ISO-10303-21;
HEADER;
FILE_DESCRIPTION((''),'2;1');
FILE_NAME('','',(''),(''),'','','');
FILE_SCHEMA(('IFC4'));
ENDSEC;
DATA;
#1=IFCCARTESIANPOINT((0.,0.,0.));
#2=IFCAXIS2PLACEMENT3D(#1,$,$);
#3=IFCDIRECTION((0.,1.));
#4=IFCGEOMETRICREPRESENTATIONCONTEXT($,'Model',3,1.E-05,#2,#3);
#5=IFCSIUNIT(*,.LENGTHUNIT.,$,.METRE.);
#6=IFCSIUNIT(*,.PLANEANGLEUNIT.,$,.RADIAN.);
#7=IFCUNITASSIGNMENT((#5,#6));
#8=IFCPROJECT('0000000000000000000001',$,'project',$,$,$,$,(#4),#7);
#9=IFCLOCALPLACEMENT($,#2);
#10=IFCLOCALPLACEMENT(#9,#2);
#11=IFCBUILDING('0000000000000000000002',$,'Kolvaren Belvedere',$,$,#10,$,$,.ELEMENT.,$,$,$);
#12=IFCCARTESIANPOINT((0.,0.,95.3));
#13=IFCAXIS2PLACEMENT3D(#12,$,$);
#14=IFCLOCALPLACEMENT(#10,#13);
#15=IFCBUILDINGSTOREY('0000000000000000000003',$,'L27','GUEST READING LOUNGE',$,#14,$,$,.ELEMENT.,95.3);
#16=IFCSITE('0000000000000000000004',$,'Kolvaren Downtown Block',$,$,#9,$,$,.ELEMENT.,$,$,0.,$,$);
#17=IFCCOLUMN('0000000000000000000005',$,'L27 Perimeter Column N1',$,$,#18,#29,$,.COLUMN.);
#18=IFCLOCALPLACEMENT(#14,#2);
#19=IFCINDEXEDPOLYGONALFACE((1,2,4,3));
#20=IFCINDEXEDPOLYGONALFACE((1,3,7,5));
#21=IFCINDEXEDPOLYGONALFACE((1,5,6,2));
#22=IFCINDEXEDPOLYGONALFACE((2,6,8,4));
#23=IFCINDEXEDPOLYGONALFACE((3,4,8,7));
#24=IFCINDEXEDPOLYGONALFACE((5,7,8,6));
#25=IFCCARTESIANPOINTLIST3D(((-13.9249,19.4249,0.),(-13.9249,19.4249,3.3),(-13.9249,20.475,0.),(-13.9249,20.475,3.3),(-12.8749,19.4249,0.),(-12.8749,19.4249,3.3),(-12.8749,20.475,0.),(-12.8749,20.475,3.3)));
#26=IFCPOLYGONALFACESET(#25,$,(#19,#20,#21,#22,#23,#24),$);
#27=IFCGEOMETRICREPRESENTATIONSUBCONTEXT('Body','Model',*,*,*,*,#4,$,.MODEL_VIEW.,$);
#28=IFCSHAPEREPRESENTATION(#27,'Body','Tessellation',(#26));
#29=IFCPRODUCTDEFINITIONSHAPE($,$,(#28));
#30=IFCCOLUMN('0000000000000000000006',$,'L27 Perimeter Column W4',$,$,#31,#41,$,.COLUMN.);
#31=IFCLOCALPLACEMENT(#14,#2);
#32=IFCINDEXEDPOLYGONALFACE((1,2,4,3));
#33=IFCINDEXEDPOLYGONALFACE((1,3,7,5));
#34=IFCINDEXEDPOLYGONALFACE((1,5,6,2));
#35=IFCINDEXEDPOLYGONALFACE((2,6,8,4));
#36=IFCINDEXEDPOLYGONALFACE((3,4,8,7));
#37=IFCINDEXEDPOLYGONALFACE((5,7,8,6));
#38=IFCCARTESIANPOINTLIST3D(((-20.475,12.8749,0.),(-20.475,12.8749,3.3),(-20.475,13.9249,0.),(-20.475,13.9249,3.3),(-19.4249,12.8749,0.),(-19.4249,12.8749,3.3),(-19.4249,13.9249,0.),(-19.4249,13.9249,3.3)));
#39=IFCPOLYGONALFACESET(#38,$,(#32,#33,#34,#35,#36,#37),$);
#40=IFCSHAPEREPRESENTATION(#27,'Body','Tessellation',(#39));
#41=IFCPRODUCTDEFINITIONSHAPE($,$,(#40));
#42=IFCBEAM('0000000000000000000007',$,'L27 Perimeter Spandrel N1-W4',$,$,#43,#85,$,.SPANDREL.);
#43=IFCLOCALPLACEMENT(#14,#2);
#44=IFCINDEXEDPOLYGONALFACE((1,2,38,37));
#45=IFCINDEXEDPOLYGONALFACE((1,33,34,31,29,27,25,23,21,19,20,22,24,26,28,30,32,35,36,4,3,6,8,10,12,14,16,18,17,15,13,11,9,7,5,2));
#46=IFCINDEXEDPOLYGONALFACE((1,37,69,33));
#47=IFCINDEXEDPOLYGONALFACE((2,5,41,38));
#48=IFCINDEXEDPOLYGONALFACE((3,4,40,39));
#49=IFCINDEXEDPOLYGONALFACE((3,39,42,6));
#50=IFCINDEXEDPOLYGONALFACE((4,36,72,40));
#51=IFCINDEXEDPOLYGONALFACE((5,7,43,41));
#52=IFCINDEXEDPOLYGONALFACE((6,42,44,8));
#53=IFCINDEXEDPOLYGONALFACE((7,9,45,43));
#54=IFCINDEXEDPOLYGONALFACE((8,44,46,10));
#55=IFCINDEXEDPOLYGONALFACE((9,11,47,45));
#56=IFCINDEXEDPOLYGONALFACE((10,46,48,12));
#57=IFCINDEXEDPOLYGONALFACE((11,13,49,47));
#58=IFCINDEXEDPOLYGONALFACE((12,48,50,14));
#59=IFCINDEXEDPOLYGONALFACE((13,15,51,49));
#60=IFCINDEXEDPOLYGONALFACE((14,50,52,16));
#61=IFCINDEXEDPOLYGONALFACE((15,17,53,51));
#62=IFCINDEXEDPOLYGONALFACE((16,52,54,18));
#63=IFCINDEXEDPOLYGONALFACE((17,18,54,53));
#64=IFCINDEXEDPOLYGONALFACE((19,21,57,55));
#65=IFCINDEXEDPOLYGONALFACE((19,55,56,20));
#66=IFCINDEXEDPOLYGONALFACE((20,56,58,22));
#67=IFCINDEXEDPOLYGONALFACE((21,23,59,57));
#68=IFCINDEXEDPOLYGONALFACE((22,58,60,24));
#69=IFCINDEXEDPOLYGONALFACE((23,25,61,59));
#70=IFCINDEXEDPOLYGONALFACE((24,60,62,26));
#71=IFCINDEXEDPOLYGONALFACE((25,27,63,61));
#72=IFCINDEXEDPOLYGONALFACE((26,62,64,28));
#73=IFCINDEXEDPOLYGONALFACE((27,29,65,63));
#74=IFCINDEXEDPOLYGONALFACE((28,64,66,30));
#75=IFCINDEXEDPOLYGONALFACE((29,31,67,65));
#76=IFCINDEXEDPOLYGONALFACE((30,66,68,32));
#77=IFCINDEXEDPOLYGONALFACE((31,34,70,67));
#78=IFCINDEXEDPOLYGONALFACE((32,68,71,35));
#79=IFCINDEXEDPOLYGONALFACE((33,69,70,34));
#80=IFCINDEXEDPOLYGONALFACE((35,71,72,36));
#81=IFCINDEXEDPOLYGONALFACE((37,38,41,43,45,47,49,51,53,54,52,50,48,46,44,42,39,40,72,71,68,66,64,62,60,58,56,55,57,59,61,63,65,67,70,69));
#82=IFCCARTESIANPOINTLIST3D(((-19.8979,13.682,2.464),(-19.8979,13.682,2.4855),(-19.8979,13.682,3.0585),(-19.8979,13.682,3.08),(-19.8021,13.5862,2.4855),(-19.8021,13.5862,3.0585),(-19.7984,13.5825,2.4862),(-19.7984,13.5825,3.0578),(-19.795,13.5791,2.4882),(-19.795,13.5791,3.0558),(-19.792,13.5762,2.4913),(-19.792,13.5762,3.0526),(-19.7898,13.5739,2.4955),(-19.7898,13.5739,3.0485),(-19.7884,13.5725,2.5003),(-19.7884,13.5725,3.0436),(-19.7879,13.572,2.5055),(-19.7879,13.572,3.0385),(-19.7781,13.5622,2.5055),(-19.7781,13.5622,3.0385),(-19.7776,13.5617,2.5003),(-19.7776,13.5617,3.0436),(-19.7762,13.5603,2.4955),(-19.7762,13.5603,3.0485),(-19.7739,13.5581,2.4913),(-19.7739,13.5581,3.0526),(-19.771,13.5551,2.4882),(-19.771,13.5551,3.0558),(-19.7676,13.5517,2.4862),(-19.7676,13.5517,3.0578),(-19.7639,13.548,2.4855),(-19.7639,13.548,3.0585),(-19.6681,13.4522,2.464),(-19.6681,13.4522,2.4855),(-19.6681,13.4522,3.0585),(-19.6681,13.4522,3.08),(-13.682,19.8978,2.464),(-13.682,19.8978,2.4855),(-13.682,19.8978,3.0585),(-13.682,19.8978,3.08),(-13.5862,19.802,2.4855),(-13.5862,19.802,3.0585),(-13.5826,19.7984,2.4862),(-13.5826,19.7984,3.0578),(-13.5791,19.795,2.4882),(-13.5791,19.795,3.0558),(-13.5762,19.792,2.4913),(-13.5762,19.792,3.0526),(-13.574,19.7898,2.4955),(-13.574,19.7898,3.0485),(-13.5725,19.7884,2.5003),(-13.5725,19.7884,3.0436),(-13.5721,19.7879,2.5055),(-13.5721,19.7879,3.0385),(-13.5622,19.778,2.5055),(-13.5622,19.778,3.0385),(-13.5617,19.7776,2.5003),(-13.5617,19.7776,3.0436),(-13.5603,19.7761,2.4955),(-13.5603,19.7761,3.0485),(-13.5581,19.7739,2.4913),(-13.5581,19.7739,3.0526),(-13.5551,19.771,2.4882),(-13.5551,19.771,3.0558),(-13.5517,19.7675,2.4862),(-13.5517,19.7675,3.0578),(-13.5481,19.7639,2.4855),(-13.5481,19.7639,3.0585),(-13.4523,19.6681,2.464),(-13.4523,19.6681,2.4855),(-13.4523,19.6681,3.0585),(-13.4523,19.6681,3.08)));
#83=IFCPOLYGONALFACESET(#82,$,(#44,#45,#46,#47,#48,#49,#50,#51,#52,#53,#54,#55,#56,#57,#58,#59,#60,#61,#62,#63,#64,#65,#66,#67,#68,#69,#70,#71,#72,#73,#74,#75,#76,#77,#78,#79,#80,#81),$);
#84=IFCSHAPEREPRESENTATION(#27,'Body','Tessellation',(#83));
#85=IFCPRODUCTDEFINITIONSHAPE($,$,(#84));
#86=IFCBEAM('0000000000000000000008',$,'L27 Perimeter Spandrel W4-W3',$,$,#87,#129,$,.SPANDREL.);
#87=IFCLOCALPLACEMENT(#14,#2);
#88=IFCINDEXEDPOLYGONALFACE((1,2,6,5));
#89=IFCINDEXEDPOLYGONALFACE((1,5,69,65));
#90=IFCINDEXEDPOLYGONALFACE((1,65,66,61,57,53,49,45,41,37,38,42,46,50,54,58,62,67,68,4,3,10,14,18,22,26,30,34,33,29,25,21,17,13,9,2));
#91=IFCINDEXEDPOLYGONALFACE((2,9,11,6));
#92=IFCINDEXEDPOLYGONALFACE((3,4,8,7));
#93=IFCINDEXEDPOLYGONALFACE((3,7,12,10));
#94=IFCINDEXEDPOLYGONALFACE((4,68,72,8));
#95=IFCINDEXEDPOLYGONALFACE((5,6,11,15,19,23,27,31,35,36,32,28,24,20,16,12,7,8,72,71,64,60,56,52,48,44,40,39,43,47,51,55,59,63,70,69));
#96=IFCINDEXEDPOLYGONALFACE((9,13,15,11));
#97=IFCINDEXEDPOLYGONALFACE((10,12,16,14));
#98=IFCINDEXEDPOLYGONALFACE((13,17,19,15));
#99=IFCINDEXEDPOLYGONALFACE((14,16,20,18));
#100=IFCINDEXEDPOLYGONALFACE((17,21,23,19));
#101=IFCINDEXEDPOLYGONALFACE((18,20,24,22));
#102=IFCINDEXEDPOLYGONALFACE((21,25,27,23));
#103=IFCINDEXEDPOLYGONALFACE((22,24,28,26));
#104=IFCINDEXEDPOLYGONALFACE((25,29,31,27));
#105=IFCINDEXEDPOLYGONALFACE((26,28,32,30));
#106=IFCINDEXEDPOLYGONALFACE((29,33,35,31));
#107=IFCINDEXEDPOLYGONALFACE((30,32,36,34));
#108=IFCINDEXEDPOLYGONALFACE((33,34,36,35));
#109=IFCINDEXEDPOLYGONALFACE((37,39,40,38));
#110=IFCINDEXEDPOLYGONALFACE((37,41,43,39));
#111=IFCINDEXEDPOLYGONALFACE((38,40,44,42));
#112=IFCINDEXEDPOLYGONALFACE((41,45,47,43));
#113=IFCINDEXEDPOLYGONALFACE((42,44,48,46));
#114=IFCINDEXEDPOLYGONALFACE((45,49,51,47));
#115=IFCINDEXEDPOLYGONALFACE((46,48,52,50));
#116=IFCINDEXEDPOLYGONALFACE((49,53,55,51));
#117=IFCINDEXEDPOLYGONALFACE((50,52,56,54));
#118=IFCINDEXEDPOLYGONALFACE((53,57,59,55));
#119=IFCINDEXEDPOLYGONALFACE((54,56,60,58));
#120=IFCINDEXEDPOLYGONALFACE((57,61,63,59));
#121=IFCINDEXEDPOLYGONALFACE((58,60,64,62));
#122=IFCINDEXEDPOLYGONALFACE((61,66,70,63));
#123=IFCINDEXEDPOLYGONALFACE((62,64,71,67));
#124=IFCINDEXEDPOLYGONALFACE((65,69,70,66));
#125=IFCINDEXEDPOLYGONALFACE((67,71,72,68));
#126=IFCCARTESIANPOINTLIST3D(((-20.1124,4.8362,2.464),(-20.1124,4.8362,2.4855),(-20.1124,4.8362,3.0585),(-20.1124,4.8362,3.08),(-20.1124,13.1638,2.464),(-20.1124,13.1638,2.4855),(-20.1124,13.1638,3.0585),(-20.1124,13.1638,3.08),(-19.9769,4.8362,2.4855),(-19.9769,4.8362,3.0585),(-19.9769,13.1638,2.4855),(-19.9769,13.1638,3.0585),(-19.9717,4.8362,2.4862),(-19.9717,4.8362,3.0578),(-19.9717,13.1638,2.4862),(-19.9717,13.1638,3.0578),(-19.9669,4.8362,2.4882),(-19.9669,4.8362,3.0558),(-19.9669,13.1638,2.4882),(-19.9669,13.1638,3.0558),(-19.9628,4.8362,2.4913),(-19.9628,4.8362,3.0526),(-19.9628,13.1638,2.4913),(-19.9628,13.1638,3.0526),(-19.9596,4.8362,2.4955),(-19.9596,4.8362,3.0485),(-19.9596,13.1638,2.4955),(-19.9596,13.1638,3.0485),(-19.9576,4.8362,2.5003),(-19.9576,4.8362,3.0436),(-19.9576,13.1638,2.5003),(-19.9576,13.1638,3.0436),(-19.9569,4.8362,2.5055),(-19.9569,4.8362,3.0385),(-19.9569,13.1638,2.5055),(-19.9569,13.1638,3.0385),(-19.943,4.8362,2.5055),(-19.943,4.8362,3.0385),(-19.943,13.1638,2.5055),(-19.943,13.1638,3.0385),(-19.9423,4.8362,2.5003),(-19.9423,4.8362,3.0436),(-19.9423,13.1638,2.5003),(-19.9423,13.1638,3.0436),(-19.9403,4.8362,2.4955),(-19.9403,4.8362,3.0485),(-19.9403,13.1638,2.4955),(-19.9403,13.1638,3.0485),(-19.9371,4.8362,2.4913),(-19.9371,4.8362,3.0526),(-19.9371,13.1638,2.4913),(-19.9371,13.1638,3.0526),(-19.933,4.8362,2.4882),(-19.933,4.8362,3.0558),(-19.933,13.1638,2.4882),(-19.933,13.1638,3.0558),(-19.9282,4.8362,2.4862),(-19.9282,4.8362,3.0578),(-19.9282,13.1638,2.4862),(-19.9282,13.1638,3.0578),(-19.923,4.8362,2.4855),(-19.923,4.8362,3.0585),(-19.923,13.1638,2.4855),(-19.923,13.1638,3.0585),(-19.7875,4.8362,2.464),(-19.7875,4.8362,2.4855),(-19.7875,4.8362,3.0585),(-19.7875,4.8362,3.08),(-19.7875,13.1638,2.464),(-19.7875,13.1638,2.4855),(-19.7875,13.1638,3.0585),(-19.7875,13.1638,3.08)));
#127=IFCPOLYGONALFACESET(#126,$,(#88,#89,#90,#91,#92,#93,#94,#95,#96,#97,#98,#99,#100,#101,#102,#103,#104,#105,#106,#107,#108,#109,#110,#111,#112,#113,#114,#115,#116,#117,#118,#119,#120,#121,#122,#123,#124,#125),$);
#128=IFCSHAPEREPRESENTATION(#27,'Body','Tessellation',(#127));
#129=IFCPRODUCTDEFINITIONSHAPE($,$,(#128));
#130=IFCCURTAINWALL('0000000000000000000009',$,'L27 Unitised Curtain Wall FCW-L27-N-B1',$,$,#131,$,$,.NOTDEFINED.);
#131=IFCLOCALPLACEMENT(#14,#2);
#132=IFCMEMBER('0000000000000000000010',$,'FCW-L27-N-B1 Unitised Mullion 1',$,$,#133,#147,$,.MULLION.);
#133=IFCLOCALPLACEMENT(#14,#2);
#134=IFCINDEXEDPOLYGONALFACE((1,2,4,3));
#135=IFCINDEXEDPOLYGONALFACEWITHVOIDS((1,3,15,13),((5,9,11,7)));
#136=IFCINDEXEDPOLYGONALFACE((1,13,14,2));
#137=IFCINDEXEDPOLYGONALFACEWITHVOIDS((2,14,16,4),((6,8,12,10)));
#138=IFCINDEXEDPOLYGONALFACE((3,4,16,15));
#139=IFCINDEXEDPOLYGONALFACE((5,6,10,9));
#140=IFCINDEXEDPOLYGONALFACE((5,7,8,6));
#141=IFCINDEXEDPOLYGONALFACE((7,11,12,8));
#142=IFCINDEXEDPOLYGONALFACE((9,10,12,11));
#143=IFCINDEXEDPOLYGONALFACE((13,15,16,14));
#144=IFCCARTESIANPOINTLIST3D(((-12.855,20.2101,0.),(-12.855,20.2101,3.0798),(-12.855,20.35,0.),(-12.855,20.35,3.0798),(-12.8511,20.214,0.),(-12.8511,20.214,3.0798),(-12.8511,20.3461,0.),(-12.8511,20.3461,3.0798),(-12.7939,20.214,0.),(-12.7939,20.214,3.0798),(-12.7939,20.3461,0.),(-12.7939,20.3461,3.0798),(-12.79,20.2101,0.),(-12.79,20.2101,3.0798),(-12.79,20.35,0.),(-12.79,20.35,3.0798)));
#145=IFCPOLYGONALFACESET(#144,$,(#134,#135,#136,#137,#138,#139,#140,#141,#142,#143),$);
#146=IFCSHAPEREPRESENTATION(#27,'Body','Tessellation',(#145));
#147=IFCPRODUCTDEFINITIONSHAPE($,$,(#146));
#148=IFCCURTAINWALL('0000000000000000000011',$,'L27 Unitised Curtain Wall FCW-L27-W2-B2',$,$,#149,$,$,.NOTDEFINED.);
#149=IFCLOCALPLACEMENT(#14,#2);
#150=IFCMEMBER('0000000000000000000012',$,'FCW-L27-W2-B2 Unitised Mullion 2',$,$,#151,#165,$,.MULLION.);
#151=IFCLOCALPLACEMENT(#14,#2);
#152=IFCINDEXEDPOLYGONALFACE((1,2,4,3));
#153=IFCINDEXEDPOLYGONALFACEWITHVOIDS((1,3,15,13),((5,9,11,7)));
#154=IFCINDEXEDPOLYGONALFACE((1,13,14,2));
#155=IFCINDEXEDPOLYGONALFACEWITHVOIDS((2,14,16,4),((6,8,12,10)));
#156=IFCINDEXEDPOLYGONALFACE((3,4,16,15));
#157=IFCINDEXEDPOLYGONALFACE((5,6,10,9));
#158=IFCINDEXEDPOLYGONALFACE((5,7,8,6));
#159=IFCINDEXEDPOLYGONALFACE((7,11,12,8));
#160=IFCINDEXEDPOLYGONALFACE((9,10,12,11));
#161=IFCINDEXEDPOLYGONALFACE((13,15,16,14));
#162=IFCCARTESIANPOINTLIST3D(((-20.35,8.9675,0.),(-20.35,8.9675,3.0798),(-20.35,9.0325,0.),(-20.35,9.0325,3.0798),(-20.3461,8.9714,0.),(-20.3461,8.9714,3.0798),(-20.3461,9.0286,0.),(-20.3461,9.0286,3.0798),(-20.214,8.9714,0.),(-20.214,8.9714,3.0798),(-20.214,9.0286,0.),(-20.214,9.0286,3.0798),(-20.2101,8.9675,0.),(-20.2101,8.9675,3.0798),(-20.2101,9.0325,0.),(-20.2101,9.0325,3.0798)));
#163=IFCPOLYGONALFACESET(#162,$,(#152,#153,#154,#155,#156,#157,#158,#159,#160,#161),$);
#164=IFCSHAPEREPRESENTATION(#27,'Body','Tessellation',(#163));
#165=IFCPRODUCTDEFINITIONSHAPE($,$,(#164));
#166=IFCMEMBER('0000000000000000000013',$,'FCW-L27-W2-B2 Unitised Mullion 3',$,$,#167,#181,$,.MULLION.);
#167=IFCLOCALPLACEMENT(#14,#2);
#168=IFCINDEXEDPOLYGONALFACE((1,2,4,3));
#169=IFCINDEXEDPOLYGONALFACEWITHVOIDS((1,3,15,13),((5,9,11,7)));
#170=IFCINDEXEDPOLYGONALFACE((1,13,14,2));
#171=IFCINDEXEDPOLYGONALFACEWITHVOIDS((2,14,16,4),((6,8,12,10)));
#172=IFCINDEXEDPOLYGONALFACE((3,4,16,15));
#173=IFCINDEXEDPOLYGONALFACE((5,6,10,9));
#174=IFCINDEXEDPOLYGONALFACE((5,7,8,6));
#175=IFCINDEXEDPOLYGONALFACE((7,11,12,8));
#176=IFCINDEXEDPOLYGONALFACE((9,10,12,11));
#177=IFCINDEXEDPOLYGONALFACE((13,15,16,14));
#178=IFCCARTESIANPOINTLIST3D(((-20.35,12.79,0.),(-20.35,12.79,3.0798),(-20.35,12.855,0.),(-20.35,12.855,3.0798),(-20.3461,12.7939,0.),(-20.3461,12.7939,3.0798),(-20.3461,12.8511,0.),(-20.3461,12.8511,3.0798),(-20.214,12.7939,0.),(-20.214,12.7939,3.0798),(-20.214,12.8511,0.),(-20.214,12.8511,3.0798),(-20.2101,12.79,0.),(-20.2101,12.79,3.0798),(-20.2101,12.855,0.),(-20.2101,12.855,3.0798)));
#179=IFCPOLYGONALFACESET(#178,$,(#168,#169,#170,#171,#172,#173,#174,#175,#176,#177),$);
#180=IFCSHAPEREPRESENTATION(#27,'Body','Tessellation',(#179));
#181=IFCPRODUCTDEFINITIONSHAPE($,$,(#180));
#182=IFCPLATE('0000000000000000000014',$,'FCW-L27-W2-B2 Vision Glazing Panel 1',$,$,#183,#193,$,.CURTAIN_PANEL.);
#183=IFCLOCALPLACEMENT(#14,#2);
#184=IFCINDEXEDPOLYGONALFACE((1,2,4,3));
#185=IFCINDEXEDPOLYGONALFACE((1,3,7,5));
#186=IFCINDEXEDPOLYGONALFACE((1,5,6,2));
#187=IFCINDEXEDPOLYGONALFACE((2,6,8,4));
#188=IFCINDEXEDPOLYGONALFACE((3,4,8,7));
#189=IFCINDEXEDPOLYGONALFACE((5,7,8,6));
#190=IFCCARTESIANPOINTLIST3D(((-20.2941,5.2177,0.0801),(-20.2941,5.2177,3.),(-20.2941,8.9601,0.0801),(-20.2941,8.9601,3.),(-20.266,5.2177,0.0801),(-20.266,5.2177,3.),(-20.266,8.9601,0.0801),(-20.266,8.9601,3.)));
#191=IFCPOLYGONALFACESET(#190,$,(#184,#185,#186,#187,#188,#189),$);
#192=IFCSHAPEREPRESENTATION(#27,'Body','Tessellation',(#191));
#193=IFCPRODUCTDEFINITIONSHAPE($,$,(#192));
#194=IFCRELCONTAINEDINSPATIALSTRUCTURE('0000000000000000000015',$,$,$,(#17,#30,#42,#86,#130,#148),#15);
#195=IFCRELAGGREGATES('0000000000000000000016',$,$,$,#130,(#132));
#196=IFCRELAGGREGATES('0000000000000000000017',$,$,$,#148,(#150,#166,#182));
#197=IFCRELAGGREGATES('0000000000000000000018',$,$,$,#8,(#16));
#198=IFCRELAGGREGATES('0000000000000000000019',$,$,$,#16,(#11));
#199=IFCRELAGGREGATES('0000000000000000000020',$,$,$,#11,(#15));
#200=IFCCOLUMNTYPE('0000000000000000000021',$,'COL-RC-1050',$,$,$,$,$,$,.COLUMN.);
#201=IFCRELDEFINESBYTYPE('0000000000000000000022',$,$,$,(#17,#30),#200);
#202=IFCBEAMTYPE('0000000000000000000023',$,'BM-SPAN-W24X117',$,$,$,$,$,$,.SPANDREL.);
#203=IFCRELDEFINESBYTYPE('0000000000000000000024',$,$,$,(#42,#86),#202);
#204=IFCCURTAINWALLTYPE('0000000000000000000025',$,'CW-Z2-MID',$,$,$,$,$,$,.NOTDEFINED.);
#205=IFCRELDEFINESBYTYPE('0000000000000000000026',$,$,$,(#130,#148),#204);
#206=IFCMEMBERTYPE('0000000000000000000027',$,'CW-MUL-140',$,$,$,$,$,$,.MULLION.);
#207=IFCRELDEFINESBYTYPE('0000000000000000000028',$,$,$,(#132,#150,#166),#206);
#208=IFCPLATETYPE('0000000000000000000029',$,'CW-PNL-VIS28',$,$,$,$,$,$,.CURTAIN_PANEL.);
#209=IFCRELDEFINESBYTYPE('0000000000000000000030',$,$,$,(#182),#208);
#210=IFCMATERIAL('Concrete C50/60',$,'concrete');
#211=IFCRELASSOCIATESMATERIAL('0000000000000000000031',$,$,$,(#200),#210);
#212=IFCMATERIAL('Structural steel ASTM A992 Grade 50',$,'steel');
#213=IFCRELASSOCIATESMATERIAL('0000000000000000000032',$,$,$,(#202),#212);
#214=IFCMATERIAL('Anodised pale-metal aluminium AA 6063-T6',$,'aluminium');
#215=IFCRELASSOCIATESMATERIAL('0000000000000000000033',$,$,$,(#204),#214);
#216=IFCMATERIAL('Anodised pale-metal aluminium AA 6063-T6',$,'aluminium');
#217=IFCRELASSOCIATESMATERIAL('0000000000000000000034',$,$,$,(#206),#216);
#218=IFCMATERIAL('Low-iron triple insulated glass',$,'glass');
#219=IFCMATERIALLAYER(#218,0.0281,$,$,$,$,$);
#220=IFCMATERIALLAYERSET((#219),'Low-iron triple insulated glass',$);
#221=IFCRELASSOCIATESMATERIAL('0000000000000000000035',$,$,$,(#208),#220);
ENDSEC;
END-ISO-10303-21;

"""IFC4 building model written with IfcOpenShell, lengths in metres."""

from ifc_helpers import new_model, si_unit, direction, frame, origin, origin_2d, place, context, subcontext, project, spatial, rectangle, hollow_rectangle, i_section, extrude, material, layer, layer_set, material_profile, profile_set, type_object, element, aggregate, save


model = new_model("IFC4")

# Units and contexts
model_context = context("Model", 3, precision=1e-05, world=origin(), true_north=direction((0.0, 1.0)))
body_context = subcontext(model_context, "Body", "Model", "MODEL_VIEW")
ifc_project = project(units=[si_unit("LENGTHUNIT", "METRE"), si_unit("PLANEANGLEUNIT", "RADIAN")], contexts=[model_context])

# Site, building, storey
site_placement = place(None, origin())
site = spatial("IfcSite", under=ifc_project, at=site_placement, Name="Kolvaren Downtown Block", CompositionType="ELEMENT", RefElevation=0.0)
building_placement = place(site_placement, origin())
building = spatial("IfcBuilding", under=site, at=building_placement, Name="Kolvaren Belvedere", CompositionType="ELEMENT")
storey_placement = place(building_placement, frame((0.0, 0.0, 95.3)))
storey = spatial("IfcBuildingStorey", under=building, at=storey_placement, Name="L27", Description="GUEST READING LOUNGE", CompositionType="ELEMENT", Elevation=95.3)

# Columns
ifc_material_1 = material(Name="Concrete C50/60", Category="concrete")
ifc_material_profile_1 = material_profile(ifc_material_1, rectangle(XDim=1.05, YDim=1.05, at=origin_2d()), Name="RC 1050X1050")
ifc_profile_set_1 = profile_set([ifc_material_profile_1], Name="Concrete C50/60")
column_type = type_object("IfcColumnType", Name="COL-RC-1050", PredefinedType="COLUMN", material=ifc_profile_set_1)
for number, where, z_axis, x_axis, name in (
    (1, (-13.3999, 19.95, 0.0), (0.0, 0.0, 1.0), (1.0, 0.0, 0.0), "L27 Perimeter Column N1"),
    (2, (-19.95, 13.3999, 0.0), (0.0, 0.0, 1.0), (1.0, 0.0, 0.0), "L27 Perimeter Column W4"),
):
    element("IfcColumn", number, at=place(storey_placement, frame(where, z_axis=z_axis, x_axis=x_axis)), inside=storey, type_object=column_type, Name=name, PredefinedType="COLUMN", context=body_context, shape_type="SweptSolid", body=[
        extrude(rectangle(XDim=1.05, YDim=1.05, at=origin_2d()), origin(), (0.0, 0.0, 1.0), 3.3),
    ])

# Beams
ifc_material_2 = material(Name="Structural steel ASTM A992 Grade 50", Category="steel")
ifc_material_profile_2 = material_profile(ifc_material_2, i_section(OverallWidth=0.325, OverallDepth=0.616, WebThickness=0.0139, FlangeThickness=0.0215, FilletRadius=0.02, at=origin_2d()), Name="W24X117")
ifc_profile_set_2 = profile_set([ifc_material_profile_2], Name="Structural steel ASTM A992 Grade 50")
beam_type = type_object("IfcBeamType", Name="BM-SPAN-W24X117", PredefinedType="SPANDREL", material=ifc_profile_set_2)
beam_1_placement = place(storey_placement, frame((-13.5671, 19.783, 2.772), z_axis=(-0.707107, -0.707107, 0.0), x_axis=(0.707107, -0.707107, 0.0)))
element("IfcBeam", 3, at=beam_1_placement, inside=storey, type_object=beam_type, Name="L27 Perimeter Spandrel N1-W4", PredefinedType="SPANDREL", context=body_context, shape_type="SweptSolid", body=[
    extrude(i_section(OverallWidth=0.325, OverallDepth=0.616, WebThickness=0.0139, FlangeThickness=0.0215, FilletRadius=0.02, at=origin_2d()), origin(), (0.0, 0.0, 1.0), 8.7905),
])
beam_2_placement = place(storey_placement, frame((-19.95, 13.1638, 2.772), z_axis=(0.0, -1.0, 0.0), x_axis=(1.0, 0.0, 0.0)))
element("IfcBeam", 4, at=beam_2_placement, inside=storey, type_object=beam_type, Name="L27 Perimeter Spandrel W4-W3", PredefinedType="SPANDREL", context=body_context, shape_type="SweptSolid", body=[
    extrude(i_section(OverallWidth=0.325, OverallDepth=0.616, WebThickness=0.0139, FlangeThickness=0.0215, FilletRadius=0.02, at=origin_2d()), origin(), (0.0, 0.0, 1.0), 8.3276),
])

# Curtain wall, member
ifc_material_3 = material(Name="Anodised pale-metal aluminium AA 6063-T6", Category="aluminium")
curtain_wall_type = type_object("IfcCurtainWallType", Name="CW-Z2-MID", PredefinedType="NOTDEFINED", material=ifc_material_3)
curtain_wall_1_placement = place(storey_placement, origin())
curtain_wall_1 = element("IfcCurtainWall", 5, at=curtain_wall_1_placement, inside=storey, type_object=curtain_wall_type, Name="L27 Unitised Curtain Wall FCW-L27-N-B1", PredefinedType="NOTDEFINED")
ifc_material_4 = material(Name="Anodised pale-metal aluminium AA 6063-T6", Category="aluminium")
ifc_material_profile_3 = material_profile(ifc_material_4, hollow_rectangle(XDim=0.0649, YDim=0.1399, WallThickness=0.0039, at=origin_2d()), Name="ALU-MUL-140X65")
ifc_profile_set_3 = profile_set([ifc_material_profile_3], Name="Anodised pale-metal aluminium AA 6063-T6")
member_type = type_object("IfcMemberType", Name="CW-MUL-140", PredefinedType="MULLION", material=ifc_profile_set_3)
member_1_placement = place(storey_placement, frame((-12.8225, 20.28, 0.0), z_axis=(0.0, 0.0, 1.0), x_axis=(1.0, 0.0, 0.0)))
member_1 = element("IfcMember", 6, at=member_1_placement, type_object=member_type, Name="FCW-L27-N-B1 Unitised Mullion 1", PredefinedType="MULLION", context=body_context, shape_type="SweptSolid", body=[
    extrude(hollow_rectangle(XDim=0.0649, YDim=0.1399, WallThickness=0.0039, at=origin_2d()), origin(), (0.0, 0.0, 1.0), 3.0798),
])
aggregate(curtain_wall_1, [member_1])

# Curtain wall, members, plate
curtain_wall_2_placement = place(storey_placement, origin())
curtain_wall_2 = element("IfcCurtainWall", 7, at=curtain_wall_2_placement, inside=storey, type_object=curtain_wall_type, Name="L27 Unitised Curtain Wall FCW-L27-W2-B2", PredefinedType="NOTDEFINED")
member_2_placement = place(storey_placement, frame((-20.28, 9.0, 0.0), z_axis=(0.0, 0.0, 1.0), x_axis=(0.0, 1.0, 0.0)))
member_2 = element("IfcMember", 8, at=member_2_placement, type_object=member_type, Name="FCW-L27-W2-B2 Unitised Mullion 2", PredefinedType="MULLION", context=body_context, shape_type="SweptSolid", body=[
    extrude(hollow_rectangle(XDim=0.0649, YDim=0.1399, WallThickness=0.0039, at=origin_2d()), origin(), (0.0, 0.0, 1.0), 3.0798),
])
member_3_placement = place(storey_placement, frame((-20.28, 12.8225, 0.0), z_axis=(0.0, 0.0, 1.0), x_axis=(0.0, 1.0, 0.0)))
member_3 = element("IfcMember", 9, at=member_3_placement, type_object=member_type, Name="FCW-L27-W2-B2 Unitised Mullion 3", PredefinedType="MULLION", context=body_context, shape_type="SweptSolid", body=[
    extrude(hollow_rectangle(XDim=0.0649, YDim=0.1399, WallThickness=0.0039, at=origin_2d()), origin(), (0.0, 0.0, 1.0), 3.0798),
])
ifc_material_5 = material(Name="Low-iron triple insulated glass", Category="glass")
ifc_layer_1 = layer(ifc_material_5, 0.0281)
ifc_layer_set_1 = layer_set([ifc_layer_1], Name="Low-iron triple insulated glass")
plate_type_1 = type_object("IfcPlateType", Name="CW-PNL-VIS28", PredefinedType="CURTAIN_PANEL", material=ifc_layer_set_1)
plate_1_placement = place(storey_placement, frame((-20.28, 7.0889, 0.0801), z_axis=(0.0, 0.0, 1.0), x_axis=(0.0, 1.0, 0.0)))
plate_1 = element("IfcPlate", 10, at=plate_1_placement, type_object=plate_type_1, Name="FCW-L27-W2-B2 Vision Glazing Panel 1", PredefinedType="CURTAIN_PANEL", context=body_context, shape_type="SweptSolid", body=[
    extrude(rectangle(XDim=3.7424, YDim=0.0281, at=origin_2d()), origin(), (0.0, 0.0, 1.0), 2.9199),
])
aggregate(curtain_wall_2, [member_2, member_3, plate_1])

save(model, "model.ifc")
